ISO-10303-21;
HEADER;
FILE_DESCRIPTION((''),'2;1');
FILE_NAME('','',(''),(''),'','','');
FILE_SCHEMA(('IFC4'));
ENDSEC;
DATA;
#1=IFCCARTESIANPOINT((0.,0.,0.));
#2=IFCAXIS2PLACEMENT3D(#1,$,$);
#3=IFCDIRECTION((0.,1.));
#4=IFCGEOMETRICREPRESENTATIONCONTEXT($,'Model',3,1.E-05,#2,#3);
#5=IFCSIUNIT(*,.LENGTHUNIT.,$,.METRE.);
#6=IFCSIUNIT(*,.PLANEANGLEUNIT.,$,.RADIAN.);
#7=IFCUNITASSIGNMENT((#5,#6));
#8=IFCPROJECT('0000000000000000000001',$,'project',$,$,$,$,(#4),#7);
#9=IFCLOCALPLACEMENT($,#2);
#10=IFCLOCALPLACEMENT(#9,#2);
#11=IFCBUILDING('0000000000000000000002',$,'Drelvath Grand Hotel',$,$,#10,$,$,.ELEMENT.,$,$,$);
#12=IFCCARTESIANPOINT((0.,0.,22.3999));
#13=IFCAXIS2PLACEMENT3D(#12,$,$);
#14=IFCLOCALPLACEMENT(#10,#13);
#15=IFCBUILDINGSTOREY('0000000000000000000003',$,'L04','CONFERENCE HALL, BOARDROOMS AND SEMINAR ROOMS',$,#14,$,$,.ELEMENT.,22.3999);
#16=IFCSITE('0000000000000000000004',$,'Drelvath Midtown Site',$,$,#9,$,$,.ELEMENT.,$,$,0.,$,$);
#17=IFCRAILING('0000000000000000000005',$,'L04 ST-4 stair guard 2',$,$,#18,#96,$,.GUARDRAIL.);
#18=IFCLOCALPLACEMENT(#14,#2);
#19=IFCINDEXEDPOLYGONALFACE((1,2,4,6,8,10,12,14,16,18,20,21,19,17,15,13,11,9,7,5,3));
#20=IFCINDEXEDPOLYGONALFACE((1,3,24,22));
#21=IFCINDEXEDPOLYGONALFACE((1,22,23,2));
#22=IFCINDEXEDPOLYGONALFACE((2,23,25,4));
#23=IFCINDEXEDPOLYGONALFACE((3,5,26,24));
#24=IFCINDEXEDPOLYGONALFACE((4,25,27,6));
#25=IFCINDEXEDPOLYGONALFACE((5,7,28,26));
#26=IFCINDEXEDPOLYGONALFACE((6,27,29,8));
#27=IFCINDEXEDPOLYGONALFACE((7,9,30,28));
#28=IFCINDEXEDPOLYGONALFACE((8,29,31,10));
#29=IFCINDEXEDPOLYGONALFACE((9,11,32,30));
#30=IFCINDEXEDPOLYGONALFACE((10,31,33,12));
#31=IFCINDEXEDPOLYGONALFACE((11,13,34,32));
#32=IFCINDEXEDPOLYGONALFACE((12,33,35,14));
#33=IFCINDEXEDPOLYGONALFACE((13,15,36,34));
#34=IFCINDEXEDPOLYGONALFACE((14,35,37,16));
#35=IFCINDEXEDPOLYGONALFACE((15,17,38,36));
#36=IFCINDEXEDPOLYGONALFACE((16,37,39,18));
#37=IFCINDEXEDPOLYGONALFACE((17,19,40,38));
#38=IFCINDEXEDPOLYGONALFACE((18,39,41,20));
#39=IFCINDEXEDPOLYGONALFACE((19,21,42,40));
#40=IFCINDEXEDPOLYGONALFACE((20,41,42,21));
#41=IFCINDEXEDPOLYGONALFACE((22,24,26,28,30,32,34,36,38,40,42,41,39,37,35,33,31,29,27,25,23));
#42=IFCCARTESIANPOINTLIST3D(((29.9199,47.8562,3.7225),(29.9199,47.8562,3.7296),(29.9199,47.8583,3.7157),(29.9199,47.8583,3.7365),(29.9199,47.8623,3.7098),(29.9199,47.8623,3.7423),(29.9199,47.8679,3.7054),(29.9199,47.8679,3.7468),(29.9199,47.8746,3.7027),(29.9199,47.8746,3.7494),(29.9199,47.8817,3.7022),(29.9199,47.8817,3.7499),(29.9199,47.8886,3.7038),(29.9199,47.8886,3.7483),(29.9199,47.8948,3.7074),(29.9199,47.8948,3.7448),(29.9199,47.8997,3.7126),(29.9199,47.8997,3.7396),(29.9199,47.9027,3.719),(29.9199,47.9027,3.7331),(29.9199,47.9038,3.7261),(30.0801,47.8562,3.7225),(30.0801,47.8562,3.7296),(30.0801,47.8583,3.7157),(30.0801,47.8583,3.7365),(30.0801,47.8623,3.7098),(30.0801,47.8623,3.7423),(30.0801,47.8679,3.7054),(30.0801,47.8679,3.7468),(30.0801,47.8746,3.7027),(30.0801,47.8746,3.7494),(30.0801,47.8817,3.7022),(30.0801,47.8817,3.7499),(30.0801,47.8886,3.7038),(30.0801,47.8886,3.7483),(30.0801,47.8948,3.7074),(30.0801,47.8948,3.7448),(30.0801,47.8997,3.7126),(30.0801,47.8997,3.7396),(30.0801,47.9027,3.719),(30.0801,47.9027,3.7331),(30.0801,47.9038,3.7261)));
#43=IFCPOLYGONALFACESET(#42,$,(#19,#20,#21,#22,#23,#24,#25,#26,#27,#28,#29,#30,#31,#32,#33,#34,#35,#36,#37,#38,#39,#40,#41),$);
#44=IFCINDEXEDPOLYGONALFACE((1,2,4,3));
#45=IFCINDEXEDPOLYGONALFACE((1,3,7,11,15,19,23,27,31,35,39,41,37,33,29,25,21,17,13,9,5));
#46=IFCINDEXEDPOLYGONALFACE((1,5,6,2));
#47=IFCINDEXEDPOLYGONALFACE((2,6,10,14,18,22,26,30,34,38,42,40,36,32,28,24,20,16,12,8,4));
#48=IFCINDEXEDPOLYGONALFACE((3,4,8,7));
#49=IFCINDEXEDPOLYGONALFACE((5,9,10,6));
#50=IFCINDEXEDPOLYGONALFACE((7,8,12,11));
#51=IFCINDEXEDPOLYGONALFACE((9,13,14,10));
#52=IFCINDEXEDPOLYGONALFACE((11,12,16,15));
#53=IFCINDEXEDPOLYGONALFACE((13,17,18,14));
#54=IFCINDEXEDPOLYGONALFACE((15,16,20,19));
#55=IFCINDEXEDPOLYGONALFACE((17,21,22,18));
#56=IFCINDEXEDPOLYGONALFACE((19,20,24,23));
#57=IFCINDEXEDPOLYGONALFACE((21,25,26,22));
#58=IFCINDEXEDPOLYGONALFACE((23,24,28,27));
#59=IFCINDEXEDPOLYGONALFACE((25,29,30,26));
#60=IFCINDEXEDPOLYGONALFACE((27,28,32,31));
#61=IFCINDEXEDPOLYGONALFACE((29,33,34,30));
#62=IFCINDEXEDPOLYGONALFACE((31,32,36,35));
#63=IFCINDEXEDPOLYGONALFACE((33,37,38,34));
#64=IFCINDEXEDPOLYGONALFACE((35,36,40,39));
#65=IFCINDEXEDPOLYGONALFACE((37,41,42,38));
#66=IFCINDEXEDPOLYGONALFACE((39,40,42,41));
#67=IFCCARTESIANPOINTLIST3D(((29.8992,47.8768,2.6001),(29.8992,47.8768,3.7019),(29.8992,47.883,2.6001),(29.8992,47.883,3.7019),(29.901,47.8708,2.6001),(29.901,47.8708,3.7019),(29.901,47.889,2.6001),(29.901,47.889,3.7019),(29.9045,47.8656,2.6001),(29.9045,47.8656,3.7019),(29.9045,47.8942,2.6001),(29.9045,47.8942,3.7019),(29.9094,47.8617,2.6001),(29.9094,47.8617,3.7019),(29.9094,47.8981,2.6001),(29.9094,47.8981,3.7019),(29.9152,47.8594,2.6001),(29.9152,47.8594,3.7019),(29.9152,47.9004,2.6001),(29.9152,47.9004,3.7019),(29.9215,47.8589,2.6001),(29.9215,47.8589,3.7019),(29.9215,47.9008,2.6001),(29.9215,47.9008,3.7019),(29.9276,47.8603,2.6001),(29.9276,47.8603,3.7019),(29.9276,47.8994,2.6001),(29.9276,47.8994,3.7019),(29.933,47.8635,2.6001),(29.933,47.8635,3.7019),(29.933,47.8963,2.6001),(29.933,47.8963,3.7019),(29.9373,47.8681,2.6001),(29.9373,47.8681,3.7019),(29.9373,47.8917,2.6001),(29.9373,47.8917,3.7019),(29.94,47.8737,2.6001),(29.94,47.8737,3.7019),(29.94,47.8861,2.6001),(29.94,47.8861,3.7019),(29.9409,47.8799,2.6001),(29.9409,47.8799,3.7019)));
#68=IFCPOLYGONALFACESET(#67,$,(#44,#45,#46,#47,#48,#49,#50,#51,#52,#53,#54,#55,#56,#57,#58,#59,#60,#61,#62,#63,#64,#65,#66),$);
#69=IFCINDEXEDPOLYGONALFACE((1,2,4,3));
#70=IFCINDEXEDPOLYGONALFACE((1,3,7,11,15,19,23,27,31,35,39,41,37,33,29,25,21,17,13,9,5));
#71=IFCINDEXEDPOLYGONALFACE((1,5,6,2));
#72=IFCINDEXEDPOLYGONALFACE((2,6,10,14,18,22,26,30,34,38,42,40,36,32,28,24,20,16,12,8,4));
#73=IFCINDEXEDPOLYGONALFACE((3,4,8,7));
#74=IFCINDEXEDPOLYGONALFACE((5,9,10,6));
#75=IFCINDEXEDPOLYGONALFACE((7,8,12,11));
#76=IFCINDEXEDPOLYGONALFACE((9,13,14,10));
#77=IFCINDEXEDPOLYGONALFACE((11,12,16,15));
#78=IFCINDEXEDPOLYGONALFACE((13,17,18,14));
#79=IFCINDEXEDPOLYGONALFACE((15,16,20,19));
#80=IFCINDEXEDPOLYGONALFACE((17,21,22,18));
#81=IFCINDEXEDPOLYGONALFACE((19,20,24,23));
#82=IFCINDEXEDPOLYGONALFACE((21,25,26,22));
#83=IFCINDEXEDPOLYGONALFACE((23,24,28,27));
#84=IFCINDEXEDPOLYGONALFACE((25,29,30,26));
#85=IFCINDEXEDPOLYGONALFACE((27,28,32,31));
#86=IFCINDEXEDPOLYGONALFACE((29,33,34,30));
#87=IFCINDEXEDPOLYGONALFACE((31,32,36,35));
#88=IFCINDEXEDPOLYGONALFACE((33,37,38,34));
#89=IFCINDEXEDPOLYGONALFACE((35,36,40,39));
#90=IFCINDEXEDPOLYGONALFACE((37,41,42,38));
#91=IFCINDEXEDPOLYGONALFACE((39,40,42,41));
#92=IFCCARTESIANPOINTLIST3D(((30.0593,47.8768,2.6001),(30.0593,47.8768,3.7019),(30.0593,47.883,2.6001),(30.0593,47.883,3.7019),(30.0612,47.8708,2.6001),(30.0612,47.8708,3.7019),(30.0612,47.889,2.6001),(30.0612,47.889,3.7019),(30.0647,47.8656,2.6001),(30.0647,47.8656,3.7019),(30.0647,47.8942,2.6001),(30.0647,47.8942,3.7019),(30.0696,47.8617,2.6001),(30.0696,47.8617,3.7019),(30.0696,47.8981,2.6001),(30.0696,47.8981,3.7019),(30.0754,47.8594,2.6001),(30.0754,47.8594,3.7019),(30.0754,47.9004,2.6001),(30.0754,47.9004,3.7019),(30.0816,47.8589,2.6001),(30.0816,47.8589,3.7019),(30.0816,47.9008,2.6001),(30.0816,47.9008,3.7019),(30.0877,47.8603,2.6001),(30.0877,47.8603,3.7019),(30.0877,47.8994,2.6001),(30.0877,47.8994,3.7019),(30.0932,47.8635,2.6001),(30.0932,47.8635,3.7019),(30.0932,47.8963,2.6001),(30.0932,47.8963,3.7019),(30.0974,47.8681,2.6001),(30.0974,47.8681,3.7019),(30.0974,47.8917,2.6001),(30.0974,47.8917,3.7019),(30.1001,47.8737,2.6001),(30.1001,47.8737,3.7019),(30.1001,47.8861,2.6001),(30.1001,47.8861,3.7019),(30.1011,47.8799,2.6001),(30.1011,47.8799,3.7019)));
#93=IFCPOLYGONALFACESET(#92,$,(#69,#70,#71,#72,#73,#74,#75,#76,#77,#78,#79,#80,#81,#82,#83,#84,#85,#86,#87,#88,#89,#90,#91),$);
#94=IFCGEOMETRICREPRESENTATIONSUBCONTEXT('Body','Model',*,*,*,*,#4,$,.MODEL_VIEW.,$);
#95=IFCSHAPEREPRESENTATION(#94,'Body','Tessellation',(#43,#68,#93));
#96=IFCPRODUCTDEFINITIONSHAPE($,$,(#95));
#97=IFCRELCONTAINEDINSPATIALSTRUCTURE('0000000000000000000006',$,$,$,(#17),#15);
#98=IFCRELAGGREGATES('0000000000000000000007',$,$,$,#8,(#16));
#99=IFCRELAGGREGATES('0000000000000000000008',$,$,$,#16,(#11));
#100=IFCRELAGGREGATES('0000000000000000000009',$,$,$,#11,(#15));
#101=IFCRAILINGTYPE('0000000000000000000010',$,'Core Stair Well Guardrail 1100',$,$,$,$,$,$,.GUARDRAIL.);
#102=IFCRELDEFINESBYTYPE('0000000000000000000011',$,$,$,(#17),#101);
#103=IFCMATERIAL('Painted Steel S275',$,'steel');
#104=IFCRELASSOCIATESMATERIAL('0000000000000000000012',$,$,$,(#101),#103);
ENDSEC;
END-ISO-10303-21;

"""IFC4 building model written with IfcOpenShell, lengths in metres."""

from ifc_helpers import new_model, si_unit, direction, frame, origin, origin_2d, place, context, subcontext, project, spatial, circle, extrude, material, type_object, element, save


model = new_model("IFC4")

# Units and contexts
model_context = context("Model", 3, precision=1e-05, world=origin(), true_north=direction((0.0, 1.0)))
body_context = subcontext(model_context, "Body", "Model", "MODEL_VIEW")
ifc_project = project(units=[si_unit("LENGTHUNIT", "METRE"), si_unit("PLANEANGLEUNIT", "RADIAN")], contexts=[model_context])

# Site, building, storey
site_placement = place(None, origin())
site = spatial("IfcSite", under=ifc_project, at=site_placement, Name="Drelvath Midtown Site", CompositionType="ELEMENT", RefElevation=0.0)
building_placement = place(site_placement, origin())
building = spatial("IfcBuilding", under=site, at=building_placement, Name="Drelvath Grand Hotel", CompositionType="ELEMENT")
storey_placement = place(building_placement, frame((0.0, 0.0, 22.3999)))
storey = spatial("IfcBuildingStorey", under=building, at=storey_placement, Name="L04", Description="CONFERENCE HALL, BOARDROOMS AND SEMINAR ROOMS", CompositionType="ELEMENT", Elevation=22.3999)

# Shared definitions
ifc_material_1 = material(Name="Painted Steel S275", Category="steel")

# Railing
railing_type_1 = type_object("IfcRailingType", Name="Core Stair Well Guardrail 1100", PredefinedType="GUARDRAIL", material=ifc_material_1)
railing_1_placement = place(storey_placement, frame((29.9199, 47.8799, 2.6001)))
element("IfcRailing", 1, at=railing_1_placement, inside=storey, type_object=railing_type_1, Name="L04 ST-4 stair guard 2", PredefinedType="GUARDRAIL", context=body_context, shape_type="SweptSolid", body=[
    extrude(circle(Radius=0.0239, at=origin_2d()), frame((0.0, 0.0, 1.126), z_axis=(1.0, 0.0, 0.0), x_axis=(0.0, 1.0, 0.0)), (0.0, 0.0, 1.0), 0.1602),
    extrude(circle(Radius=0.021, at=origin_2d()), origin(), (0.0, 0.0, 1.0), 1.1018),
    extrude(circle(Radius=0.021, at=origin_2d()), frame((0.1602, 0.0, 0.0)), (0.0, 0.0, 1.0), 1.1018),
])

save(model, "model.ifc")
